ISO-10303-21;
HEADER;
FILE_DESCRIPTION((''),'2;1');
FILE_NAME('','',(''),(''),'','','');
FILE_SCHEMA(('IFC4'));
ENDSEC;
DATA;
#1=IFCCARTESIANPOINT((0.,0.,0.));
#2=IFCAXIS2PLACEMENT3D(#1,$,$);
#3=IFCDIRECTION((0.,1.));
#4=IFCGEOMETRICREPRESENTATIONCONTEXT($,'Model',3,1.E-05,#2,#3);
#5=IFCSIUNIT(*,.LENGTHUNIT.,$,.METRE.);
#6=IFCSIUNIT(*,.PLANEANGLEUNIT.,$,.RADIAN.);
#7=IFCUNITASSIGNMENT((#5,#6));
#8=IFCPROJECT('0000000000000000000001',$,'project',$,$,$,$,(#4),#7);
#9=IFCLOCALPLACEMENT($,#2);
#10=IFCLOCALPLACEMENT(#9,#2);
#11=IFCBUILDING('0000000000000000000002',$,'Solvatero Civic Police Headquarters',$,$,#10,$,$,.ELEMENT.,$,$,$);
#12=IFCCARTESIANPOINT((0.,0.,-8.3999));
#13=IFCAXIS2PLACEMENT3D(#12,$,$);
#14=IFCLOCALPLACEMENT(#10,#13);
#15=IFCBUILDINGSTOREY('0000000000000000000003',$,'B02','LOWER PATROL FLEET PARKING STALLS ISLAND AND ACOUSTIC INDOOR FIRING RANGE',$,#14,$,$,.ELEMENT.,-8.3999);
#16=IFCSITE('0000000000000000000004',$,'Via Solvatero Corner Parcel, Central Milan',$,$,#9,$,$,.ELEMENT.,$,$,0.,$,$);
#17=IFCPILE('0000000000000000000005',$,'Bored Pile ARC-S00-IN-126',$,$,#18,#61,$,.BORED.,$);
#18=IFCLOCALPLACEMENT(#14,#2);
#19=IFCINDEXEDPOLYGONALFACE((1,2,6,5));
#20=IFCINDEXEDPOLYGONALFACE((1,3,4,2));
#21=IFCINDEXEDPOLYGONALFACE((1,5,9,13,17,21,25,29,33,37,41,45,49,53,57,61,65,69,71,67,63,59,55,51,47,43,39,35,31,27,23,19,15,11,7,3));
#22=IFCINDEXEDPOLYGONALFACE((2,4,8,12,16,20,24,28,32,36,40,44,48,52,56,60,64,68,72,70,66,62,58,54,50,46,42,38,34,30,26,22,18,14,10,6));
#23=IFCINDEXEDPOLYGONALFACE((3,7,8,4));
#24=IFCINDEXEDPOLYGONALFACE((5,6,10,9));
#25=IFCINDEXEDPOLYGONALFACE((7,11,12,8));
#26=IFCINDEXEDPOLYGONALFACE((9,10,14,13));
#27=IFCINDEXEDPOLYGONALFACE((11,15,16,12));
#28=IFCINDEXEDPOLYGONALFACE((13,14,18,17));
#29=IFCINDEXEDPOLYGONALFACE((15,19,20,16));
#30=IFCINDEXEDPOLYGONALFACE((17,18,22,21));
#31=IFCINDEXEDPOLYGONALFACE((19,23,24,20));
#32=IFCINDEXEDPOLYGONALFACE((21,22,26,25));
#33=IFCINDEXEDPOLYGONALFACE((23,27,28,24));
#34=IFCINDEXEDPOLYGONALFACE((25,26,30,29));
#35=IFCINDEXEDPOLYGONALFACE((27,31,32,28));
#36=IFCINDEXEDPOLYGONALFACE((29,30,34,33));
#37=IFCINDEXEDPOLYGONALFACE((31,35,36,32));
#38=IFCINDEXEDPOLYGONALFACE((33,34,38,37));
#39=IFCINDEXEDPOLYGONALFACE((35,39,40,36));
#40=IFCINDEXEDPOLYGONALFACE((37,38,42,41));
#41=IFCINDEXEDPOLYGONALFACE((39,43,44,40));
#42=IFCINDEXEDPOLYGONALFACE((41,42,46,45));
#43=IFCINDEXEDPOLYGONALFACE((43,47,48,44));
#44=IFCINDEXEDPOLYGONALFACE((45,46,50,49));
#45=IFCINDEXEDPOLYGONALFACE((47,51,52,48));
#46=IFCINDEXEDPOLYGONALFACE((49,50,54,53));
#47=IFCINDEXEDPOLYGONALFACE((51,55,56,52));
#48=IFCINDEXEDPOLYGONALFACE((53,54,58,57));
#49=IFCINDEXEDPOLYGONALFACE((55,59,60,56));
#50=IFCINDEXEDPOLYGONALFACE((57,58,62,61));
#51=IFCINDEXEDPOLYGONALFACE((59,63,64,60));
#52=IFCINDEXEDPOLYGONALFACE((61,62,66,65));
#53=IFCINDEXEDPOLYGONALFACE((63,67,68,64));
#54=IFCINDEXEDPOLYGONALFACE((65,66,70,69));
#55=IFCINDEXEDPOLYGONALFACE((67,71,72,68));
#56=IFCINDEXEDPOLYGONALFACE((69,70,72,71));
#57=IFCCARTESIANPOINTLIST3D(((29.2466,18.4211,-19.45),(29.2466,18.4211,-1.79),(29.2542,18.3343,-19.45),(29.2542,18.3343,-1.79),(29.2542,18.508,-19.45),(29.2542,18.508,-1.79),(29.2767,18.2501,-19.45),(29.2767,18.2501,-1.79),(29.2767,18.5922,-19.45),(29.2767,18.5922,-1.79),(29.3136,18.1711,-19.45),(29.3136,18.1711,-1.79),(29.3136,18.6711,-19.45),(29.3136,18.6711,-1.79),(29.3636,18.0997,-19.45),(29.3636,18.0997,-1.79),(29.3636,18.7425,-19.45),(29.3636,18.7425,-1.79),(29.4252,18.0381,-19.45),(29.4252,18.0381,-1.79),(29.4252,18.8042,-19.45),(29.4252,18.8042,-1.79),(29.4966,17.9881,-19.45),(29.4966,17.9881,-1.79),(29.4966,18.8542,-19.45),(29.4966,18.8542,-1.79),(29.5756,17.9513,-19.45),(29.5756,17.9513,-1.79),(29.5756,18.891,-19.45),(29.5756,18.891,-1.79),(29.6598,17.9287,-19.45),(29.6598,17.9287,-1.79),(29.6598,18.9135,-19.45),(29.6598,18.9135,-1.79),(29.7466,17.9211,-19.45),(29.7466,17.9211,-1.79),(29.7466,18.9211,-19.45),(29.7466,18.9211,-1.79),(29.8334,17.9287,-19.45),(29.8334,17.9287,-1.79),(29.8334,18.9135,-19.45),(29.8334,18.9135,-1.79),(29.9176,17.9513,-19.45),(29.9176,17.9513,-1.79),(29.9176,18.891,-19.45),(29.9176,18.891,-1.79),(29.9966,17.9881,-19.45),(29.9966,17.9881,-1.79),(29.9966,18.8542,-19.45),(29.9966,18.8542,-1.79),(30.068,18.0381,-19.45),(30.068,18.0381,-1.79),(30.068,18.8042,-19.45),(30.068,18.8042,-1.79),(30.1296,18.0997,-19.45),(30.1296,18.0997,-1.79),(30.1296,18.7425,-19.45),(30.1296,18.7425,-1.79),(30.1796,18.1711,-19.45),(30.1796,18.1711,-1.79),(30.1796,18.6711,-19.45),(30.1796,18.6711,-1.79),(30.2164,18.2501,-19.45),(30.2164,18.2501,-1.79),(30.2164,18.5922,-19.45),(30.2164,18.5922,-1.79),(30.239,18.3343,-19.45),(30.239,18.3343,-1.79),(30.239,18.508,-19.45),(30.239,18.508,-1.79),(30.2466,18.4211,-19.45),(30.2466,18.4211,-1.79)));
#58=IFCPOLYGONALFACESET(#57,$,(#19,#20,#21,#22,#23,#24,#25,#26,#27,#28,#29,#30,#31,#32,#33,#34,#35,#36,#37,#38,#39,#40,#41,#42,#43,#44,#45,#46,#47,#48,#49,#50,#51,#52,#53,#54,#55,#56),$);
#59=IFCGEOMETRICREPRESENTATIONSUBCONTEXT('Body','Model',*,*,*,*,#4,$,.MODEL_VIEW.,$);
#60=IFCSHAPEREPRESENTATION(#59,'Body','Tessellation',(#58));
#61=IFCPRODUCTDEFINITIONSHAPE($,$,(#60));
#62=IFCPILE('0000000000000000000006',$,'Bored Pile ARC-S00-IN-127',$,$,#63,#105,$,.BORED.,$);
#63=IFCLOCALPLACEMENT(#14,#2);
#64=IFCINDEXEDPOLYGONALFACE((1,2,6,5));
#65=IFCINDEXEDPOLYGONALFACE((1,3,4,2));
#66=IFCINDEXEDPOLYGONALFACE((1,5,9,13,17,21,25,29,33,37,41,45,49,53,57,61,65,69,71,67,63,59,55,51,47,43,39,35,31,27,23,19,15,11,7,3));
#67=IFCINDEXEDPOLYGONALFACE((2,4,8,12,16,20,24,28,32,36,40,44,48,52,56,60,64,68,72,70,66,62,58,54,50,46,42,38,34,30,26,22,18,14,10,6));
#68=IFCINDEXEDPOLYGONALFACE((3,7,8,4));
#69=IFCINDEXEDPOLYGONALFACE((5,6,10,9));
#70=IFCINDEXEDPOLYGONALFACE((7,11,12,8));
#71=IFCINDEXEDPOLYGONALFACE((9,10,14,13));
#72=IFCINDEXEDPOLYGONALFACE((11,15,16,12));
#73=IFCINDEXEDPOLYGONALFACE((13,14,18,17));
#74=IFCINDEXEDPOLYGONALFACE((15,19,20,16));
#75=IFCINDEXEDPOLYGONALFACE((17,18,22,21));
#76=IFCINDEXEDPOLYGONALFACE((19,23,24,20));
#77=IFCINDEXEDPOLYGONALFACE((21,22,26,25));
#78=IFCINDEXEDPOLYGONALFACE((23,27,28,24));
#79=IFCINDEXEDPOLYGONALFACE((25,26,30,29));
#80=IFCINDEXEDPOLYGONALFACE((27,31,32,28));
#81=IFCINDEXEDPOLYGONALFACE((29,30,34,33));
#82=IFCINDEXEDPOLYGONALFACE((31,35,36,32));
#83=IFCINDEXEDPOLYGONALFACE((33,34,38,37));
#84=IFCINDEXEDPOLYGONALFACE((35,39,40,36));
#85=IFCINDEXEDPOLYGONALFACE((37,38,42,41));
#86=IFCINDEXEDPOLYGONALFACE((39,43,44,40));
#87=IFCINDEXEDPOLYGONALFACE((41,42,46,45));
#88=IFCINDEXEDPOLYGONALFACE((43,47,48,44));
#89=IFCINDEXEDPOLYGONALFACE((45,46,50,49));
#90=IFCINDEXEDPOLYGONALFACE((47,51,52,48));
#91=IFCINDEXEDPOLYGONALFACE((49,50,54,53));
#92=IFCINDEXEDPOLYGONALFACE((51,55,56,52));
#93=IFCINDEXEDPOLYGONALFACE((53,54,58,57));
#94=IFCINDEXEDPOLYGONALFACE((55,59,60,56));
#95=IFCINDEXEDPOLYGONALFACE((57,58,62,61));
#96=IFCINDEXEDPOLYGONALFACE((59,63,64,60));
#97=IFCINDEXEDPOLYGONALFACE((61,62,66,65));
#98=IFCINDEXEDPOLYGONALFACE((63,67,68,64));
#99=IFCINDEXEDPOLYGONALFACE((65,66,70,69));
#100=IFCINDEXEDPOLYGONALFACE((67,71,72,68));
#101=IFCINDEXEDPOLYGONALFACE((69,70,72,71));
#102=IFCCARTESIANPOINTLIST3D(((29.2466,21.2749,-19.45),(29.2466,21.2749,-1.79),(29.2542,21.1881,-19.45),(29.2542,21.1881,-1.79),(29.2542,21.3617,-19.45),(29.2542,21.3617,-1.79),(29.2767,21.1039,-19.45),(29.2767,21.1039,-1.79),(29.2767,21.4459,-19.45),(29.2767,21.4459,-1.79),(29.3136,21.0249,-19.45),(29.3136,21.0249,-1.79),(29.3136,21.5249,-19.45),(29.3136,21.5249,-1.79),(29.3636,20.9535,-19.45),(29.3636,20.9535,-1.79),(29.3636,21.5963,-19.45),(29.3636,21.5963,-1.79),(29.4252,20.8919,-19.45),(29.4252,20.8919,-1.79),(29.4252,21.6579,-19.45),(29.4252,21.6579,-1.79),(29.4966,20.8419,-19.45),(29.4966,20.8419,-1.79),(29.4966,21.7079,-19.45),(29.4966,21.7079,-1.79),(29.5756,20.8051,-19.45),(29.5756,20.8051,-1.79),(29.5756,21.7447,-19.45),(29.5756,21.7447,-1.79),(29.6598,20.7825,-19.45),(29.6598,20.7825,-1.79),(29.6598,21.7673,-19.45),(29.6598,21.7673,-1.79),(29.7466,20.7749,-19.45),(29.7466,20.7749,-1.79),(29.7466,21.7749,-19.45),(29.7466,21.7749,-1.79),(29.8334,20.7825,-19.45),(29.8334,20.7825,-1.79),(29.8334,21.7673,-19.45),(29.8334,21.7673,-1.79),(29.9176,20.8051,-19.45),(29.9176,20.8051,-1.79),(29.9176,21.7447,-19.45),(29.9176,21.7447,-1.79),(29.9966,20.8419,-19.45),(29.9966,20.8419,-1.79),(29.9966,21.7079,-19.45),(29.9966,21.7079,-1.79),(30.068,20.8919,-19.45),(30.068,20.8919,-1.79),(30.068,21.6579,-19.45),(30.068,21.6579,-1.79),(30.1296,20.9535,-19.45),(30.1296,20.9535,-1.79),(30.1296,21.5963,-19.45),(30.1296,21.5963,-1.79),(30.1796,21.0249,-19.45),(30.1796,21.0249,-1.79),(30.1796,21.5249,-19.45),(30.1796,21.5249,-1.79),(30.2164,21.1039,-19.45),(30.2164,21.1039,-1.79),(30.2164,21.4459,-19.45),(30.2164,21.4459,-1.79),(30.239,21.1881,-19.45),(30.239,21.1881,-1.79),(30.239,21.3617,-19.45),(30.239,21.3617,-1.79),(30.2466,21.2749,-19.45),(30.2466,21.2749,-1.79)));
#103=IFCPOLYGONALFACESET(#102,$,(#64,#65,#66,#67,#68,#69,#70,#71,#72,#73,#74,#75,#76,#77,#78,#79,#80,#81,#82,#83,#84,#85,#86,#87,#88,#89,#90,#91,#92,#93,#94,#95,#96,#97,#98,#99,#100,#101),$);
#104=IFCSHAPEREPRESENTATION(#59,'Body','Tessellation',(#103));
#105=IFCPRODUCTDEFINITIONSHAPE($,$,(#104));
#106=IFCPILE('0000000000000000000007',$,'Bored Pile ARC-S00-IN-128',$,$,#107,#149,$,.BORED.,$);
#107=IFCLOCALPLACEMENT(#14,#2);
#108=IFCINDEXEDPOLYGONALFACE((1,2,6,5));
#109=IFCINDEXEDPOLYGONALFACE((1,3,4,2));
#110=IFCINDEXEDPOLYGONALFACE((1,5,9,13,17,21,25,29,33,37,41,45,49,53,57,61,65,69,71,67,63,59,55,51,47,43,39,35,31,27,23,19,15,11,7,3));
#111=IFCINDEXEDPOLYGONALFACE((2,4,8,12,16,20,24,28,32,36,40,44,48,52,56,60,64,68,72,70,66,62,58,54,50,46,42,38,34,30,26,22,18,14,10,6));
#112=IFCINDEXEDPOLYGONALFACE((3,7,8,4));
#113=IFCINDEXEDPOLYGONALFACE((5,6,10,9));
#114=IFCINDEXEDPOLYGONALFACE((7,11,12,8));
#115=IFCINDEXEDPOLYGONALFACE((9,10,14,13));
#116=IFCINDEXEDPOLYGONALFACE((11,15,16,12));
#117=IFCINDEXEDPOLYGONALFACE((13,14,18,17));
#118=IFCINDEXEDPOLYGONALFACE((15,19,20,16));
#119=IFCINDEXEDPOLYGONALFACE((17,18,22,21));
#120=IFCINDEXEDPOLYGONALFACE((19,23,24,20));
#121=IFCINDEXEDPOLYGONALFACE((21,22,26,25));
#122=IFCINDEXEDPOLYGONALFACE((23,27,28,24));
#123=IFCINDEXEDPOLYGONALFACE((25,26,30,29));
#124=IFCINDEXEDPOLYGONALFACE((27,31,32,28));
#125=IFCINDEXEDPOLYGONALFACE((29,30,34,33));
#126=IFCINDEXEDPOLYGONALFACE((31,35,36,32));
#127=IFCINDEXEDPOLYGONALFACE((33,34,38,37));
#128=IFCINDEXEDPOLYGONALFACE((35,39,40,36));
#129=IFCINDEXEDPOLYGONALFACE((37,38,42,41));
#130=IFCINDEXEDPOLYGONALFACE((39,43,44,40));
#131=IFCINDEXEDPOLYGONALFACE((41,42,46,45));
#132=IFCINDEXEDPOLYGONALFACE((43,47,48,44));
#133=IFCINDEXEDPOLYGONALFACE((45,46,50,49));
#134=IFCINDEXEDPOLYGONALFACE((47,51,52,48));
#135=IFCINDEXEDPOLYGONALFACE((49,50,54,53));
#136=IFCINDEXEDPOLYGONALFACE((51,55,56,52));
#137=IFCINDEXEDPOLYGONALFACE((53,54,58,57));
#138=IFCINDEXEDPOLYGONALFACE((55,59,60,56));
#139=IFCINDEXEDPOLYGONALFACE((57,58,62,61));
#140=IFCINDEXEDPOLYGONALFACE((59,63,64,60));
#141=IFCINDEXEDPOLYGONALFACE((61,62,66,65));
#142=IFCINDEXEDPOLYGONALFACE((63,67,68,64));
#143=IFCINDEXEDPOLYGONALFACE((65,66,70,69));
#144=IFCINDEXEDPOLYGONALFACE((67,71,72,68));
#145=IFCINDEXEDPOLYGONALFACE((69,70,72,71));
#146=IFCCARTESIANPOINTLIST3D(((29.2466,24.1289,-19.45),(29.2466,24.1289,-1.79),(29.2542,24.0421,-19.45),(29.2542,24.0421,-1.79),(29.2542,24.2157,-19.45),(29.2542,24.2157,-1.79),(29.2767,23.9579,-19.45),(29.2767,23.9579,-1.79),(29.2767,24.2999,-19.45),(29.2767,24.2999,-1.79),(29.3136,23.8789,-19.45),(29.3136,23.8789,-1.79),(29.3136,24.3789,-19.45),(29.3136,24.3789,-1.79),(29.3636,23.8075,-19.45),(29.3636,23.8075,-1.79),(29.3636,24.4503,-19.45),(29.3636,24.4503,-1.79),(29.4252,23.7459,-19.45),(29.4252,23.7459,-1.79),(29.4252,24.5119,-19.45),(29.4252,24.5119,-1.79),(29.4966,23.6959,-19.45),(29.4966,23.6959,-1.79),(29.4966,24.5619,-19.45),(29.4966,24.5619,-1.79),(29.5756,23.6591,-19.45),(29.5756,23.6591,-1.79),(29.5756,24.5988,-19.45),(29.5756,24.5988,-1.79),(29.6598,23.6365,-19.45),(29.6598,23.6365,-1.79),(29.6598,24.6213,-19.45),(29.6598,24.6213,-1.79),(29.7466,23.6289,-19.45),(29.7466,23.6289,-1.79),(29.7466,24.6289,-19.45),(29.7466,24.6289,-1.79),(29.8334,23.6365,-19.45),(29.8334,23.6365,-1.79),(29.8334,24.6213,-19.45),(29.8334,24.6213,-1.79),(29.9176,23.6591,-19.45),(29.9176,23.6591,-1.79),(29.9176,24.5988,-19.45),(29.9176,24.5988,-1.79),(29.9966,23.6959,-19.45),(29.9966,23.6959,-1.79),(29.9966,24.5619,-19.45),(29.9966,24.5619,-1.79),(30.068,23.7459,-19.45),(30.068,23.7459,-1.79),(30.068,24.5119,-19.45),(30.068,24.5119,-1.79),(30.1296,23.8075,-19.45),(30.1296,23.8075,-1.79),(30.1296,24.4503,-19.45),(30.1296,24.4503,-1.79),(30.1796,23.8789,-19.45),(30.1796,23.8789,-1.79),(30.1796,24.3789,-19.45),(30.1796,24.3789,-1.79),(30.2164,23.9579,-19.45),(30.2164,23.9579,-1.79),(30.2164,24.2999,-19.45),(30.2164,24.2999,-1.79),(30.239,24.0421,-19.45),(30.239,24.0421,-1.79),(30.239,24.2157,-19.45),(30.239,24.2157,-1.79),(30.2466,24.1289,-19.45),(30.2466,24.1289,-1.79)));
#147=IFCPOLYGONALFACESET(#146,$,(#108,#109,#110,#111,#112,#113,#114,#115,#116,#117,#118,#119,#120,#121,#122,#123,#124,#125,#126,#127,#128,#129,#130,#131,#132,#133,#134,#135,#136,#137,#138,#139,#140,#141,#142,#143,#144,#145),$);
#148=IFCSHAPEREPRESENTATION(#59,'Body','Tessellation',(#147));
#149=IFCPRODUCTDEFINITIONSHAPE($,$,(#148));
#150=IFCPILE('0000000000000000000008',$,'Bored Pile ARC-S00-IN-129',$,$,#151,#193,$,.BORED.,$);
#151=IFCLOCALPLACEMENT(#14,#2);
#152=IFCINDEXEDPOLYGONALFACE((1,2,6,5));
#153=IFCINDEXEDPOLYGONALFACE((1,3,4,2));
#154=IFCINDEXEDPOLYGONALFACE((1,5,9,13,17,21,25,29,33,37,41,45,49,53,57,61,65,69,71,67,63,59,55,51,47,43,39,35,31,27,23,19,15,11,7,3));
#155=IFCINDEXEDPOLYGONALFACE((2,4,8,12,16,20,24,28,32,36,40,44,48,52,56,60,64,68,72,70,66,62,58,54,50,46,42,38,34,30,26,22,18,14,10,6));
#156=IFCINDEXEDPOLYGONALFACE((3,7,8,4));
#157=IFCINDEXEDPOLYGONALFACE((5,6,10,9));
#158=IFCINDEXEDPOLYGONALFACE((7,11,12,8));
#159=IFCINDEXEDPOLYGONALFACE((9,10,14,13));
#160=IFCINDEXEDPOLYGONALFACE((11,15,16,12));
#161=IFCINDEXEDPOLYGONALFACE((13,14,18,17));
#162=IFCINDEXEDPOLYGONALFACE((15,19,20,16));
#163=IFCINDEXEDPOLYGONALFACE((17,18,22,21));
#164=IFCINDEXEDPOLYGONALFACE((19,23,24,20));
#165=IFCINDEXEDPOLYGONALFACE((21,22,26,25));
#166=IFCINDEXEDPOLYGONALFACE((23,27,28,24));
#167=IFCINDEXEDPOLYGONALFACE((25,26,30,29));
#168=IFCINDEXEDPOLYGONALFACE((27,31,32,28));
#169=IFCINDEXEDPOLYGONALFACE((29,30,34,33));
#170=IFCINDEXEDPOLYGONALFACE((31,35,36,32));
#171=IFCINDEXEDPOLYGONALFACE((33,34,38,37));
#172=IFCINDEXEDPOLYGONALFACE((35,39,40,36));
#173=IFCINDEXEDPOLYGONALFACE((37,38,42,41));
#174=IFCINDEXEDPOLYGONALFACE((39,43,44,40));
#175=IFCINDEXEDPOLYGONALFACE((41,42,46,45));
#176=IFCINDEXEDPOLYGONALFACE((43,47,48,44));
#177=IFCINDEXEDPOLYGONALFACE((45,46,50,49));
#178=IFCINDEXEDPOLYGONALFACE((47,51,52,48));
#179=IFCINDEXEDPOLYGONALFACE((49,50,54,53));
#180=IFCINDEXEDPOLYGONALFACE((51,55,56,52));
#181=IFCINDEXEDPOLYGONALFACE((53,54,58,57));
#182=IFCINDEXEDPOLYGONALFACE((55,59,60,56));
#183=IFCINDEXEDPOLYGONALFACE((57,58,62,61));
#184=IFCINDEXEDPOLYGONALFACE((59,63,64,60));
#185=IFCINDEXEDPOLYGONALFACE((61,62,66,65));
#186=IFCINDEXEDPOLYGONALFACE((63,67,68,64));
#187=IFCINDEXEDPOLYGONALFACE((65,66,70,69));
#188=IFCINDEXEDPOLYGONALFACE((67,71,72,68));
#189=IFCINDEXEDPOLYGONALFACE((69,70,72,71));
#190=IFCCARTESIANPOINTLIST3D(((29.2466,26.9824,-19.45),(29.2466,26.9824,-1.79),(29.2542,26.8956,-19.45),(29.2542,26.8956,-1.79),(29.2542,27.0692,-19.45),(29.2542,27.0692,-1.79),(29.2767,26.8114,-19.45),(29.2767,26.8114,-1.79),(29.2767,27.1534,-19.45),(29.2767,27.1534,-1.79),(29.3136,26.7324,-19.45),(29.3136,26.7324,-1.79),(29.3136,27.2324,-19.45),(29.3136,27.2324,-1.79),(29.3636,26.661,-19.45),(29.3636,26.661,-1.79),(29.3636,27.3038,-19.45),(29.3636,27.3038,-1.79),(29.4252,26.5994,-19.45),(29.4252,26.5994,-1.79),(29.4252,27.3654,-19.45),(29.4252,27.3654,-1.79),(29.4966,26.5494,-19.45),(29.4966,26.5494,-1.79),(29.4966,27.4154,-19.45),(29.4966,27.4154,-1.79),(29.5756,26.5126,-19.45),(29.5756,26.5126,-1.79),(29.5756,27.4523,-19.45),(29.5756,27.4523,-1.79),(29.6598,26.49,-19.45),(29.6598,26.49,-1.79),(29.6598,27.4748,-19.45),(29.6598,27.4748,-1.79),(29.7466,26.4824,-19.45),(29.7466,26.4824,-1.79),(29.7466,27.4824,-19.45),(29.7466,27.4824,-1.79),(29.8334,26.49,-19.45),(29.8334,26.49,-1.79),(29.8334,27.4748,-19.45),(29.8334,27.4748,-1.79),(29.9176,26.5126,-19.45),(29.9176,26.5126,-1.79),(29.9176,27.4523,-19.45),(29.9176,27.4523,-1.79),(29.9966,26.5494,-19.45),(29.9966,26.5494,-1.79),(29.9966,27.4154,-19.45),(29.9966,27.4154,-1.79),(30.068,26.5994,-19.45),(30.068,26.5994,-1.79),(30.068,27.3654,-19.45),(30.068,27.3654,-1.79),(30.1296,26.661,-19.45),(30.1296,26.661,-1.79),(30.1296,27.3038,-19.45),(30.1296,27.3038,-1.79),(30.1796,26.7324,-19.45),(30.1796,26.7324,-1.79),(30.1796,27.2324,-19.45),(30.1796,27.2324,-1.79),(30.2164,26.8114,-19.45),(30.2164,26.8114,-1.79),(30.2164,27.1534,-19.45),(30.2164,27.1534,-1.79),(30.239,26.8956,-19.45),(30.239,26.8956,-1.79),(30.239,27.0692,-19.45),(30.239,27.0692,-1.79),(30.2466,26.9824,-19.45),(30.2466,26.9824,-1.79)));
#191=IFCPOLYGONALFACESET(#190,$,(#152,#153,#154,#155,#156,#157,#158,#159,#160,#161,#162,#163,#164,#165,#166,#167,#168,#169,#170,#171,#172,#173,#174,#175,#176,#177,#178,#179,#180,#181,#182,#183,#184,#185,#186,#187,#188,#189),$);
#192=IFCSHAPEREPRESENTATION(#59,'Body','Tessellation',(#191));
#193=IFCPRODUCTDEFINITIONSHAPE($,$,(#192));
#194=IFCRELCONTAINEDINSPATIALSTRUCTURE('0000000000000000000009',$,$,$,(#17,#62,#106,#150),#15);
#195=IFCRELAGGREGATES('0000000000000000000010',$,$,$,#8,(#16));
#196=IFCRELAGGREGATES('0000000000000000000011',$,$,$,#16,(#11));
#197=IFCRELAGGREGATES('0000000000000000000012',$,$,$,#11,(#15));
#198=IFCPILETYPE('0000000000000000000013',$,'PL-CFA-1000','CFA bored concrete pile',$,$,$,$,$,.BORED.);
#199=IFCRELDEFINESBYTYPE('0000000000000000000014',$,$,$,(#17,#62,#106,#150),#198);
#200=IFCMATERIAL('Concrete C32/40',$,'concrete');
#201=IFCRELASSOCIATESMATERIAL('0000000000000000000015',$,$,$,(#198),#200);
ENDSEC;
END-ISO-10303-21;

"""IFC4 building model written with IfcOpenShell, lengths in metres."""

from ifc_helpers import new_model, si_unit, direction, frame, origin, origin_2d, place, context, subcontext, project, spatial, circle, extrude, material, material_profile, profile_set, type_object, element, save


model = new_model("IFC4")

# Units and contexts
model_context = context("Model", 3, precision=1e-05, world=origin(), true_north=direction((0.0, 1.0)))
body_context = subcontext(model_context, "Body", "Model", "MODEL_VIEW")
ifc_project = project(units=[si_unit("LENGTHUNIT", "METRE"), si_unit("PLANEANGLEUNIT", "RADIAN")], contexts=[model_context])

# Site, building, storey
site_placement = place(None, origin())
site = spatial("IfcSite", under=ifc_project, at=site_placement, Name="Via Solvatero Corner Parcel, Central Milan", CompositionType="ELEMENT", RefElevation=0.0)
building_placement = place(site_placement, origin())
building = spatial("IfcBuilding", under=site, at=building_placement, Name="Solvatero Civic Police Headquarters", CompositionType="ELEMENT")
storey_placement = place(building_placement, frame((0.0, 0.0, -8.3999)))
storey = spatial("IfcBuildingStorey", under=building, at=storey_placement, Name="B02", Description="LOWER PATROL FLEET PARKING STALLS ISLAND AND ACOUSTIC INDOOR FIRING RANGE", CompositionType="ELEMENT", Elevation=-8.3999)

# Piles
ifc_material_1 = material(Name="Concrete C32/40", Category="concrete")
ifc_material_profile_1 = material_profile(ifc_material_1, circle(Radius=0.5, at=origin_2d()), Name="CFA PILE D1000")
ifc_profile_set_1 = profile_set([ifc_material_profile_1], Name="Concrete C32/40")
pile_type_1 = type_object("IfcPileType", Name="PL-CFA-1000", Description="CFA bored concrete pile", PredefinedType="BORED", material=ifc_profile_set_1)
for number, where, z_axis, x_axis, name in (
    (1, (29.7466, 18.4211, -1.79), (0.0, 0.0, -1.0), (1.0, 0.0, 0.0), "Bored Pile ARC-S00-IN-126"),
    (2, (29.7466, 21.2749, -1.79), (0.0, 0.0, -1.0), (1.0, 0.0, 0.0), "Bored Pile ARC-S00-IN-127"),
    (3, (29.7466, 24.1289, -1.79), (0.0, 0.0, -1.0), (1.0, 0.0, 0.0), "Bored Pile ARC-S00-IN-128"),
    (4, (29.7466, 26.9824, -1.79), (0.0, 0.0, -1.0), (1.0, 0.0, 0.0), "Bored Pile ARC-S00-IN-129"),
):
    element("IfcPile", number, at=place(storey_placement, frame(where, z_axis=z_axis, x_axis=x_axis)), inside=storey, type_object=pile_type_1, Name=name, PredefinedType="BORED", context=body_context, shape_type="SweptSolid", body=[
        extrude(circle(Radius=0.5, at=origin_2d()), origin(), (0.0, 0.0, 1.0), 17.6599),
    ])

save(model, "model.ifc")
